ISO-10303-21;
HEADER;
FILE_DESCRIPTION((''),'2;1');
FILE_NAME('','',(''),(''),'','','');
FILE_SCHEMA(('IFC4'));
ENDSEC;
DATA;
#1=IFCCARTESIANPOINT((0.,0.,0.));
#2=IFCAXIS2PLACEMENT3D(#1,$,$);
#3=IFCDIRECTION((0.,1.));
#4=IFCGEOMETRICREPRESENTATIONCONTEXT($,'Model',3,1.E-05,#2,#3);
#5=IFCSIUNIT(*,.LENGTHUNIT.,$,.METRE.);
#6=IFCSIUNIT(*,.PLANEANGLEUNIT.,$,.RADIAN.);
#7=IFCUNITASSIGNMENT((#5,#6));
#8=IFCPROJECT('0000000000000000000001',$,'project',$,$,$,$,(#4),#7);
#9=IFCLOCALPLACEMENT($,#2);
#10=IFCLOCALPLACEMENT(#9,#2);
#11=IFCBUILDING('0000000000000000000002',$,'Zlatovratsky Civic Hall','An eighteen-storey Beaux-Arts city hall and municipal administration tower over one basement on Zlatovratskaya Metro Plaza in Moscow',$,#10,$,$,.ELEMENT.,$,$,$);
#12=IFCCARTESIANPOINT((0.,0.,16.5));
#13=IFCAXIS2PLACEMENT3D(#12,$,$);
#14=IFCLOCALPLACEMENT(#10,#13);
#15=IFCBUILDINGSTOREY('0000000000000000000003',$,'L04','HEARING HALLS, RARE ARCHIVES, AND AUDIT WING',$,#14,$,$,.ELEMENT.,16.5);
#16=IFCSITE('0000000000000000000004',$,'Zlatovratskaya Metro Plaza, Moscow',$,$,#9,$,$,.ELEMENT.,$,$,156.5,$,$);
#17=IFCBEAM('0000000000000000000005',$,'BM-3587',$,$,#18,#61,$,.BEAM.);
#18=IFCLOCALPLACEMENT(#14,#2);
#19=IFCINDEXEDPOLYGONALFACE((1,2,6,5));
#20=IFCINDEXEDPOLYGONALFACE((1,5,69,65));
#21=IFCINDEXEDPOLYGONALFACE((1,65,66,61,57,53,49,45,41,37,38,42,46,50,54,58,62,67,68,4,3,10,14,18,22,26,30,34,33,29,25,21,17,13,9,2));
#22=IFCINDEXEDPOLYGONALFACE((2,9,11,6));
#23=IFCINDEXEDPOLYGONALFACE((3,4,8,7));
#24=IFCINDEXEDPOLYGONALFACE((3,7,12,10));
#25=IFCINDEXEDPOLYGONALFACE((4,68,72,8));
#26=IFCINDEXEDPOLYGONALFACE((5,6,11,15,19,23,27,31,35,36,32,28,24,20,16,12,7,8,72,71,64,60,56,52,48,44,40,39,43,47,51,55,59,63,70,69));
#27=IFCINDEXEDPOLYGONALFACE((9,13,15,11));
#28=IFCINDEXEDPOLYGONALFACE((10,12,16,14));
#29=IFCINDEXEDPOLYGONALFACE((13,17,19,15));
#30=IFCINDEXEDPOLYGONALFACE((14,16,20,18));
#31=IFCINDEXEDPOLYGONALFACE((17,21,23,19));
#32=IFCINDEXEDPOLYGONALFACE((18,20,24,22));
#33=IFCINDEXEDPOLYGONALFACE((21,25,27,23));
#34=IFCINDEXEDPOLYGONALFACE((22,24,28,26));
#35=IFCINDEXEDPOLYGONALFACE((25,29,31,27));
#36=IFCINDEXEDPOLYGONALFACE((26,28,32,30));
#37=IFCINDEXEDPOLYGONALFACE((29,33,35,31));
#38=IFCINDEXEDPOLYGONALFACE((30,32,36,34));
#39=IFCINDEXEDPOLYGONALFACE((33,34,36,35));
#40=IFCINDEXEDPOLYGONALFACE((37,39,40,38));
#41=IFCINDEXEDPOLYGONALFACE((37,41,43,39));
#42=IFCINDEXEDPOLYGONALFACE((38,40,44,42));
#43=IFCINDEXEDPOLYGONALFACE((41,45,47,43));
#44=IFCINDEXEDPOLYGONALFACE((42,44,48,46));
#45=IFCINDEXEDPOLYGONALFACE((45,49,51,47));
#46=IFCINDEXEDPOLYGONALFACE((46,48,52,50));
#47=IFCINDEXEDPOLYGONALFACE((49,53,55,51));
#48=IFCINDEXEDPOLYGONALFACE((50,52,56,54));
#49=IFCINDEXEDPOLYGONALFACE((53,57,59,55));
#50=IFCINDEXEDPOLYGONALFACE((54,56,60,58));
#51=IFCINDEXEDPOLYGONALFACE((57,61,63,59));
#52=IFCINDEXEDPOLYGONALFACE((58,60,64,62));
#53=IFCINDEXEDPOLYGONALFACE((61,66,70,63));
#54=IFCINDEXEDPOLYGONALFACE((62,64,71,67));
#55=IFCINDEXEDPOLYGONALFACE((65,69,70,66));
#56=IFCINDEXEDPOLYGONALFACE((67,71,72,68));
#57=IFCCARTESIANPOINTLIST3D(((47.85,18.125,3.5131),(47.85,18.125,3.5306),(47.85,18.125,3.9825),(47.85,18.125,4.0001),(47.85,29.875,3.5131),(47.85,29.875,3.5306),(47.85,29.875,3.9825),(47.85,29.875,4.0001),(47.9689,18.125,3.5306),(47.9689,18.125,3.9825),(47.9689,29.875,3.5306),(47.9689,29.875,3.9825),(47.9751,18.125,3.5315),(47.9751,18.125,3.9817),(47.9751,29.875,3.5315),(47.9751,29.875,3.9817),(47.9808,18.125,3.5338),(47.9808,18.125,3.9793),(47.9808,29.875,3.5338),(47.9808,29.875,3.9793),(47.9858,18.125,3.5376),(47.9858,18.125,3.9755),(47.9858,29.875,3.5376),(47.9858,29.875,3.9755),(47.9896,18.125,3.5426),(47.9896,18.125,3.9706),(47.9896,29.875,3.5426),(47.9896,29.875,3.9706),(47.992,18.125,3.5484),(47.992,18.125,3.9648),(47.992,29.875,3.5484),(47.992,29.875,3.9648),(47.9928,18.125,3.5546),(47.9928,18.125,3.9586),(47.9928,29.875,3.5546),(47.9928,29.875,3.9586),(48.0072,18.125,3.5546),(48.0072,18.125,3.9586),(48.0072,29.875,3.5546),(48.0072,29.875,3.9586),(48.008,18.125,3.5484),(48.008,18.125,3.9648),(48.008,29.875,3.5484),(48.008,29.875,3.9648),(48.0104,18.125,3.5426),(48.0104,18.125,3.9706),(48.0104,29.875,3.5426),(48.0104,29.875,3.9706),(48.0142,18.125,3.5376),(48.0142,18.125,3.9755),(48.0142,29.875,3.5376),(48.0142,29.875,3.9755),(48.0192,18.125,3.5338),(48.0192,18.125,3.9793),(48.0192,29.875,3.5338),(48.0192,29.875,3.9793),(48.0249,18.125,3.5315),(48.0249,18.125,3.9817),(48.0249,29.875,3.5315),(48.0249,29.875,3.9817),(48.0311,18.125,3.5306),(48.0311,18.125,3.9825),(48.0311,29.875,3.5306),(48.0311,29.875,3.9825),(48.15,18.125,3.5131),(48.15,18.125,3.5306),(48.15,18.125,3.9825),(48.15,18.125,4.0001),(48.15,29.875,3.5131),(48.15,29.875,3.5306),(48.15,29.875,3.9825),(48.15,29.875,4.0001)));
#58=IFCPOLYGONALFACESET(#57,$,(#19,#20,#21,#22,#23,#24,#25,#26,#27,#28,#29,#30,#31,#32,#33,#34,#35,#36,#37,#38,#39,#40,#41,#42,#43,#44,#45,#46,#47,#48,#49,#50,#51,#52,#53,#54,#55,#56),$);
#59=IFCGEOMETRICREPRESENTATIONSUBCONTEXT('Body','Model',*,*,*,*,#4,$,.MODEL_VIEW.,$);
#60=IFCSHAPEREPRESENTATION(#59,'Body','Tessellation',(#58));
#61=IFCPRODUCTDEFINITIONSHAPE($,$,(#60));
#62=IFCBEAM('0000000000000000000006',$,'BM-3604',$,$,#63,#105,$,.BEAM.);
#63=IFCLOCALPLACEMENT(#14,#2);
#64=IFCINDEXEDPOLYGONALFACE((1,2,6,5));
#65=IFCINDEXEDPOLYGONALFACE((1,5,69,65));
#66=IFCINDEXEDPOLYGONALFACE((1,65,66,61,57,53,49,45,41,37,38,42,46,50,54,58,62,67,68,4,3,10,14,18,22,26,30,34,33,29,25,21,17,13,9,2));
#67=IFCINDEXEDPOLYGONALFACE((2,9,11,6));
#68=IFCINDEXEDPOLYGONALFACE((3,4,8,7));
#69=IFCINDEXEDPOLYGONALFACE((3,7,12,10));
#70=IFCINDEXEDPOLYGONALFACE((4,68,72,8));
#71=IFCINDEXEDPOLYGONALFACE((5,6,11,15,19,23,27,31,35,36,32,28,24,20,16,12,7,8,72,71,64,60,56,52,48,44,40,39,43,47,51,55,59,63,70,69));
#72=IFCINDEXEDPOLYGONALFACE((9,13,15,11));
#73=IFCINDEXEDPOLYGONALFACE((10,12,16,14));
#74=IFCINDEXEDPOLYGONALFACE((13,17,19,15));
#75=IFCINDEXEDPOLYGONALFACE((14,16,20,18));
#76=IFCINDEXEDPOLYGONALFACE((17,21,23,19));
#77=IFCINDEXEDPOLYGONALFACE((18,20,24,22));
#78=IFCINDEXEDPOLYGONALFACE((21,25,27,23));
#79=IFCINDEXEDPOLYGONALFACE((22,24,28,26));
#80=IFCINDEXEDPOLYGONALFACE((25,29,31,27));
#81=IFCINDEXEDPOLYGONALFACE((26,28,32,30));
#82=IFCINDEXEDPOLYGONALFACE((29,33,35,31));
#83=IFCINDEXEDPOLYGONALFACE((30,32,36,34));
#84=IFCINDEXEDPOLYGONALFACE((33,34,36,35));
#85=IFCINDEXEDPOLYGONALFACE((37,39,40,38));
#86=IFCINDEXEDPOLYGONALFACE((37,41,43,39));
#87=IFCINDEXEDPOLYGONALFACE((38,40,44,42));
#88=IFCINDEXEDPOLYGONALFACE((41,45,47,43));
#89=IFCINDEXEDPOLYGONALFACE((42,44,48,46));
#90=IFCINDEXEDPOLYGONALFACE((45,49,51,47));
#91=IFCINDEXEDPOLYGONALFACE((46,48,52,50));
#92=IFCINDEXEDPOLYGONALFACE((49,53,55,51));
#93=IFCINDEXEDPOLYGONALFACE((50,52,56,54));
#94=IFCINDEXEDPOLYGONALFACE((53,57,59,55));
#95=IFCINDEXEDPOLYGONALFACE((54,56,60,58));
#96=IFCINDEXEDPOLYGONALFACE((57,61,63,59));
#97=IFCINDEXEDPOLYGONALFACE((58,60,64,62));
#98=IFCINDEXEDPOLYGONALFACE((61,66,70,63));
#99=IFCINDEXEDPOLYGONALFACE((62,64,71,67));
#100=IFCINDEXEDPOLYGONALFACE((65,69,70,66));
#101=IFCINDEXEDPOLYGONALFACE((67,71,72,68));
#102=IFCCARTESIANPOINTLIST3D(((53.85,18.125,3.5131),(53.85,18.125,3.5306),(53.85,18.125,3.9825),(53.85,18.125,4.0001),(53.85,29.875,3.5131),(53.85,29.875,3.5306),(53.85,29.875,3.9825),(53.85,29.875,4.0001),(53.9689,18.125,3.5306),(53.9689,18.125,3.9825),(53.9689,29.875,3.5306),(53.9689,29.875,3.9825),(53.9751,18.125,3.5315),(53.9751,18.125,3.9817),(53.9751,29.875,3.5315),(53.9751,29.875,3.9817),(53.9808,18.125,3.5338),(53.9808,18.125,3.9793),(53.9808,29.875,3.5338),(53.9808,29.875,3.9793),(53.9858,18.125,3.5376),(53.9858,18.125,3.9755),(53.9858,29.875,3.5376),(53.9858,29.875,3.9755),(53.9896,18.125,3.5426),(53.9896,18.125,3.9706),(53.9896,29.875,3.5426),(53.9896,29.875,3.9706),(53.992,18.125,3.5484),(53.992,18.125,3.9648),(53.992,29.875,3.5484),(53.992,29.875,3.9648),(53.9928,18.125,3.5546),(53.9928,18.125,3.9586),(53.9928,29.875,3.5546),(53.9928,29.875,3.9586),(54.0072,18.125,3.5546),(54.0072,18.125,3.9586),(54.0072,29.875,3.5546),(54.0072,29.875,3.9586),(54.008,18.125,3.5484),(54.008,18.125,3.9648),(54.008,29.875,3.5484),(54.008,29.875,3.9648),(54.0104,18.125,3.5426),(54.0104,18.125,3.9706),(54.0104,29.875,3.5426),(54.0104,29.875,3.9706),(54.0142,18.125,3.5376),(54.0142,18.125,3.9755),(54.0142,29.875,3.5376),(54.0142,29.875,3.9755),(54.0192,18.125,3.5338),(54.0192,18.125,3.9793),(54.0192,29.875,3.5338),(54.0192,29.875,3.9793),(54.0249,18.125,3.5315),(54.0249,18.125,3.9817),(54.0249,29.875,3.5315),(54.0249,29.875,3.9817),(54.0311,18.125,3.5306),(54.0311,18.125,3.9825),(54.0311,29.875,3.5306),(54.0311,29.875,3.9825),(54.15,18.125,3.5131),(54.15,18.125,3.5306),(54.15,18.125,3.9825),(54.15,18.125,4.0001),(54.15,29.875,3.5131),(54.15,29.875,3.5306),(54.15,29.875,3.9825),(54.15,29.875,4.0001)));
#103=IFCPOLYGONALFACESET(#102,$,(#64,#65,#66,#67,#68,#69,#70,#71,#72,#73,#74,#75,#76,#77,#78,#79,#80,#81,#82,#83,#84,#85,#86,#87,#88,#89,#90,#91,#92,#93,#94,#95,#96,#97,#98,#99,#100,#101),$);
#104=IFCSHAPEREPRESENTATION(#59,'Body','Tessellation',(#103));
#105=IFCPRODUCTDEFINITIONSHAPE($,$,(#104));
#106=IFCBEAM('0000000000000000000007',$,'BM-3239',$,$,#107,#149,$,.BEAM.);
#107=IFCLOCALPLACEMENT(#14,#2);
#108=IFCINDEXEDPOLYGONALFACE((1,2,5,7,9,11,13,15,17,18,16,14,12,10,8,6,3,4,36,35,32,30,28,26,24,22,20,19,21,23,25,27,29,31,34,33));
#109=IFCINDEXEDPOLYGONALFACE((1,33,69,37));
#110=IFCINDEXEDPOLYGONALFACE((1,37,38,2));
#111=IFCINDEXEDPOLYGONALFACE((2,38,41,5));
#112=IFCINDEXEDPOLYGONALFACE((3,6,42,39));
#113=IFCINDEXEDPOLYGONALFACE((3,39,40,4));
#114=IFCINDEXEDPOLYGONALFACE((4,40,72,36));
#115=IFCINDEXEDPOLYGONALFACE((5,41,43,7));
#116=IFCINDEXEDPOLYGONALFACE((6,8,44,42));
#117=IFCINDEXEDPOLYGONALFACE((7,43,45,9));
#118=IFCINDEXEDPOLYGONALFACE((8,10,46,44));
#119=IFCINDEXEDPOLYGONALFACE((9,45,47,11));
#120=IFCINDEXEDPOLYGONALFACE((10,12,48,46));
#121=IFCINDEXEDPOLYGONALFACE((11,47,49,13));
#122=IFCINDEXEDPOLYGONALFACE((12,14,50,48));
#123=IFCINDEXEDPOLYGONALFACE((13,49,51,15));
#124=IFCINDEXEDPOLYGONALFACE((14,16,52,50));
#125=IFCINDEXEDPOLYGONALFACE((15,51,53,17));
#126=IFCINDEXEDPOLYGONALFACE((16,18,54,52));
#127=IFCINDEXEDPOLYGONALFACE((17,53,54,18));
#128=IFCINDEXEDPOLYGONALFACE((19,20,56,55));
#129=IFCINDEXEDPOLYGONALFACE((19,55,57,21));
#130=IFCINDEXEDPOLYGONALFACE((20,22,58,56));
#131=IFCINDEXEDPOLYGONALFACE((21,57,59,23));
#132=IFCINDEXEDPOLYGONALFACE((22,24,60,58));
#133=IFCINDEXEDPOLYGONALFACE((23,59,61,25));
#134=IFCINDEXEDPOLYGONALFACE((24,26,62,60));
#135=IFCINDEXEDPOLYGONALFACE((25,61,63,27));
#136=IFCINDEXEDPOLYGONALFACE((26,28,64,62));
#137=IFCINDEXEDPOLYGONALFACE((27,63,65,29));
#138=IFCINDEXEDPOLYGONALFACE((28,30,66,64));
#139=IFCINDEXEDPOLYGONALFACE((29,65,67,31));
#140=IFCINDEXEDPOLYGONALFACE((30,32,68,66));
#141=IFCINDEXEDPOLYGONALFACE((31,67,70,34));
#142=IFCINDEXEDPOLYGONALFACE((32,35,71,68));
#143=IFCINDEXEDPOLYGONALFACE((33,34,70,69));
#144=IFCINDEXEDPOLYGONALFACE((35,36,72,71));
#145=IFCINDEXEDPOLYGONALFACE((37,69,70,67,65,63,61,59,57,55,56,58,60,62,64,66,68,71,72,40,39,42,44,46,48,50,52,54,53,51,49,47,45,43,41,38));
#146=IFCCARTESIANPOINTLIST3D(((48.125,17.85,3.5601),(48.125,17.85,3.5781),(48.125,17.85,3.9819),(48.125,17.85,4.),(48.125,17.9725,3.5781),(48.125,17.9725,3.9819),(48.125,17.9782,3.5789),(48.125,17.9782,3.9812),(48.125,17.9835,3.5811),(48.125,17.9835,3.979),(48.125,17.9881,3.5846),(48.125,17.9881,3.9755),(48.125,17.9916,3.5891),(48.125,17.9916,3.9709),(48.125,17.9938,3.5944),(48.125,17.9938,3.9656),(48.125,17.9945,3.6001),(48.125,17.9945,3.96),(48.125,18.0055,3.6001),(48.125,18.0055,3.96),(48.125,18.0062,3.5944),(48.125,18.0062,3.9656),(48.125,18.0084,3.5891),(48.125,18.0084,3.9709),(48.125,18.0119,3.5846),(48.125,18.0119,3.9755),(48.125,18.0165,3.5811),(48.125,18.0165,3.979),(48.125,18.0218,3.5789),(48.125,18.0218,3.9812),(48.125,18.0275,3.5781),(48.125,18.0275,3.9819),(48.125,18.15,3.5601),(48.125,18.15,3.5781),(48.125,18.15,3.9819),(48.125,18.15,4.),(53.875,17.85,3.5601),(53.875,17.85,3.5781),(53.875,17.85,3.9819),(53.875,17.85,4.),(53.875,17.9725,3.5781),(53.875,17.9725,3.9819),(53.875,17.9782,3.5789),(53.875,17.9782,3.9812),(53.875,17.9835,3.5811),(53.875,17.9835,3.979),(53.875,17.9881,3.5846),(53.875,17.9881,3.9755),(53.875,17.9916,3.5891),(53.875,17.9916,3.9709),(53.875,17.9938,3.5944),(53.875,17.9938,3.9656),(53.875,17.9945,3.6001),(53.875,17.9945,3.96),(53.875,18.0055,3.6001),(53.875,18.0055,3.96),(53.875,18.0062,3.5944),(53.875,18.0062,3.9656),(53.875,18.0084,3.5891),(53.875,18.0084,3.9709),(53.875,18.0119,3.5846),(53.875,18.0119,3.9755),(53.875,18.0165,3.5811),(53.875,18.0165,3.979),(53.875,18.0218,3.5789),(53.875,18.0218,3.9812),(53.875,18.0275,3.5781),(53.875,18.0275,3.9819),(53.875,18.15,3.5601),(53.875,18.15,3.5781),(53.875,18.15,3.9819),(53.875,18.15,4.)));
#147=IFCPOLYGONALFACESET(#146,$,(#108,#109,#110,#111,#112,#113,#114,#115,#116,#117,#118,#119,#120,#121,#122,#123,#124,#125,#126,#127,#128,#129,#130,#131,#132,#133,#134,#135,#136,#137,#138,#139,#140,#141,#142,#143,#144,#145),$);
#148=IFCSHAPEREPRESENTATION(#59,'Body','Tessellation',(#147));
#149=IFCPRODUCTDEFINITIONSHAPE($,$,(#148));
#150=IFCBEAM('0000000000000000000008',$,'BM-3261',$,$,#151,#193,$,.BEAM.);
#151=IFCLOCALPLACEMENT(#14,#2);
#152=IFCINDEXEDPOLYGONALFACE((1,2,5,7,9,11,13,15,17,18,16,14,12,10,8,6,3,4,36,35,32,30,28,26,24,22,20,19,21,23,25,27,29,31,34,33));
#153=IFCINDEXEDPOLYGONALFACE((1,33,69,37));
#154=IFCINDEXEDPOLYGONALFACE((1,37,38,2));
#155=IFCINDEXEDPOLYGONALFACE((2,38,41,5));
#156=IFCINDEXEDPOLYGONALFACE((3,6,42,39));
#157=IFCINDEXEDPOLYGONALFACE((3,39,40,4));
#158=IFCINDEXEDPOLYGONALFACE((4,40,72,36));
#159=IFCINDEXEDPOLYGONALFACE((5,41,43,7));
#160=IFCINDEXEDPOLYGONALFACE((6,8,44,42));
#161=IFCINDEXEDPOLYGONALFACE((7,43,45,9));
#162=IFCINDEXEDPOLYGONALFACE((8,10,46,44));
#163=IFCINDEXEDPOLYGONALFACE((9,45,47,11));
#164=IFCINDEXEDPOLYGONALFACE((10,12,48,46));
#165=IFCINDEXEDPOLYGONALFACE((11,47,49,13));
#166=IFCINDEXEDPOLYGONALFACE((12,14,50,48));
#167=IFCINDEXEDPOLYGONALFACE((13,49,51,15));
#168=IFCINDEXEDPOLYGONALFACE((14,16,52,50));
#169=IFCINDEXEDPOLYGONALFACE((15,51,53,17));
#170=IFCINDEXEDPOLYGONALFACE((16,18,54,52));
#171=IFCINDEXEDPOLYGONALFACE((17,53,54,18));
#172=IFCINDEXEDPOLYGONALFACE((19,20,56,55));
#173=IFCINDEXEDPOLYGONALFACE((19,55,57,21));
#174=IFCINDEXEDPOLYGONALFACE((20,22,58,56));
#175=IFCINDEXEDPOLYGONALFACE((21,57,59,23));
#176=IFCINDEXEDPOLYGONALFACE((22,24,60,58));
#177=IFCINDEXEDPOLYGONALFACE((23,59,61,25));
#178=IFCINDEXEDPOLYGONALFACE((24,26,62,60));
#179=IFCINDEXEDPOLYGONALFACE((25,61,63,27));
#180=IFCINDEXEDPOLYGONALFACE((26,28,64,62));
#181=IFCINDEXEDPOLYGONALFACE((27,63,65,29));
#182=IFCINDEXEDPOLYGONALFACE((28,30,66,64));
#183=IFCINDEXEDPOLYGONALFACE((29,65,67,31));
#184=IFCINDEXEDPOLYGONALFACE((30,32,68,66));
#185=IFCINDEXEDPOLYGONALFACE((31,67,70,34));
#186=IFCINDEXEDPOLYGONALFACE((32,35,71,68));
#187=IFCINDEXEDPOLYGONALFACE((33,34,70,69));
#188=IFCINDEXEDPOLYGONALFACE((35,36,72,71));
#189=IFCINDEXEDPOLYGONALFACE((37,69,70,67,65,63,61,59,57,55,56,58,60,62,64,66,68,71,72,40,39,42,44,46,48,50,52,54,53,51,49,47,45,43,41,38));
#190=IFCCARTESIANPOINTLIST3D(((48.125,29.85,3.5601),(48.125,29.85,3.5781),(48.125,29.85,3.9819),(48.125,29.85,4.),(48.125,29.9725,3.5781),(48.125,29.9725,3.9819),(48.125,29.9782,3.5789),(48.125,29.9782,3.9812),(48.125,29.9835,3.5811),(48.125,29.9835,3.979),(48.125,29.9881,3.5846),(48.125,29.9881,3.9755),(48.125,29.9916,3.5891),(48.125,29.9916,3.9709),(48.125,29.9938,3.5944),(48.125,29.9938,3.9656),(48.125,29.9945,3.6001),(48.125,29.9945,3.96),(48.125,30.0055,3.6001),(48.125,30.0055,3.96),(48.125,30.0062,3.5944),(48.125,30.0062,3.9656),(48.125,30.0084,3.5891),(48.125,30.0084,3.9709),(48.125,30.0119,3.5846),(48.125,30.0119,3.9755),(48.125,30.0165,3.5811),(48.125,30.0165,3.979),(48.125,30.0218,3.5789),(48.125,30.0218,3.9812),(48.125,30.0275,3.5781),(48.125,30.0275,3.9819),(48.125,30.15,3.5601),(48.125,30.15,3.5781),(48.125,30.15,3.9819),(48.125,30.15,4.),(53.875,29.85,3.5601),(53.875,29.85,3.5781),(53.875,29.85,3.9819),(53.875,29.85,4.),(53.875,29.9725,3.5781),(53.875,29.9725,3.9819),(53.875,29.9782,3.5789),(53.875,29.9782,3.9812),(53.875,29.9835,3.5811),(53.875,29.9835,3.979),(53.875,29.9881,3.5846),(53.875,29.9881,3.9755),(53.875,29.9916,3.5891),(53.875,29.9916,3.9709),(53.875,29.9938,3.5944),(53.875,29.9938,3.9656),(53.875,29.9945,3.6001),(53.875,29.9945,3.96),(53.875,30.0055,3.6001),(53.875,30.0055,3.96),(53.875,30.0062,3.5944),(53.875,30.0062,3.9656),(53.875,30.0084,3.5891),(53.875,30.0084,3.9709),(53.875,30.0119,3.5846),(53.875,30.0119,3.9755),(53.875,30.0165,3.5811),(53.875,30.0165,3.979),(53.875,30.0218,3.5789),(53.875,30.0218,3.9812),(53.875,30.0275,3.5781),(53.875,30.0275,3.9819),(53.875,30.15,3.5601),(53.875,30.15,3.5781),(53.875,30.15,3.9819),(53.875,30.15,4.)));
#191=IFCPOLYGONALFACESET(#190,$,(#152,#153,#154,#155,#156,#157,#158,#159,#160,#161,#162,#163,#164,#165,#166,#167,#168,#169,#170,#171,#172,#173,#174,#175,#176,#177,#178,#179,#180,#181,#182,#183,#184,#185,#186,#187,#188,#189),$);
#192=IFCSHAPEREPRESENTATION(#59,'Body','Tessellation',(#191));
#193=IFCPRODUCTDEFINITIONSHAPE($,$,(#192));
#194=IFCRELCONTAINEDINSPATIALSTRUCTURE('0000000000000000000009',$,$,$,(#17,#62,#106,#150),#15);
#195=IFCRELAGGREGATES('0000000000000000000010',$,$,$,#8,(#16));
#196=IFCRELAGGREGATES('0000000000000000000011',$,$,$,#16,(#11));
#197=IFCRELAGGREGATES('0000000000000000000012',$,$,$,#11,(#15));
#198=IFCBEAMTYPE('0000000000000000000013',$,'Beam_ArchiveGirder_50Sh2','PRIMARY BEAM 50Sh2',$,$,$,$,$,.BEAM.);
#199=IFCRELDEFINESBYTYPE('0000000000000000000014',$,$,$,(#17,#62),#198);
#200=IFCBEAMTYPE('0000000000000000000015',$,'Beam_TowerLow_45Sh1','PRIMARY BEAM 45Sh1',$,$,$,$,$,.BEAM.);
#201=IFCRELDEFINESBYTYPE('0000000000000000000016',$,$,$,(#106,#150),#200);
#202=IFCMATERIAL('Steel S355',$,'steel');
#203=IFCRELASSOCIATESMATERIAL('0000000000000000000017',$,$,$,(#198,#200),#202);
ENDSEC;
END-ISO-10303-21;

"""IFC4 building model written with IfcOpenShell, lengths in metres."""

from ifc_helpers import new_model, si_unit, direction, frame, origin, origin_2d, place, context, subcontext, project, spatial, i_section, extrude, material, material_profile, profile_set, type_object, element, save


model = new_model("IFC4")

# Units and contexts
model_context = context("Model", 3, precision=1e-05, world=origin(), true_north=direction((0.0, 1.0)))
body_context = subcontext(model_context, "Body", "Model", "MODEL_VIEW")
ifc_project = project(units=[si_unit("LENGTHUNIT", "METRE"), si_unit("PLANEANGLEUNIT", "RADIAN")], contexts=[model_context])

# Site, building, storey
site_placement = place(None, origin())
site = spatial("IfcSite", under=ifc_project, at=site_placement, Name="Zlatovratskaya Metro Plaza, Moscow", CompositionType="ELEMENT", RefElevation=156.5)
building_placement = place(site_placement, origin())
building = spatial("IfcBuilding", under=site, at=building_placement, Name="Zlatovratsky Civic Hall", Description="An eighteen-storey Beaux-Arts city hall and municipal administration tower over one basement on Zlatovratskaya Metro Plaza in Moscow", CompositionType="ELEMENT")
storey_placement = place(building_placement, frame((0.0, 0.0, 16.5)))
storey = spatial("IfcBuildingStorey", under=building, at=storey_placement, Name="L04", Description="HEARING HALLS, RARE ARCHIVES, AND AUDIT WING", CompositionType="ELEMENT", Elevation=16.5)

# Shared definitions
ifc_material_1 = material(Name="Steel S355", Category="steel")

# Beams
ifc_material_profile_1 = material_profile(ifc_material_1, i_section(OverallWidth=0.3, OverallDepth=0.4871, WebThickness=0.0144, FlangeThickness=0.0176, FilletRadius=0.0239, at=origin_2d()), Name="50Sh2")
ifc_profile_set_1 = profile_set([ifc_material_profile_1], Name="Steel S355")
beam_type_1 = type_object("IfcBeamType", Name="Beam_ArchiveGirder_50Sh2", Description="PRIMARY BEAM 50Sh2", PredefinedType="BEAM", material=ifc_profile_set_1)
for number, where, z_axis, x_axis, name in (
    (1, (48.0, 18.125, 3.7566), (0.0, 1.0, 0.0), (-1.0, 0.0, 0.0), "BM-3587"),
    (2, (54.0, 18.125, 3.7566), (0.0, 1.0, 0.0), (-1.0, 0.0, 0.0), "BM-3604"),
):
    element("IfcBeam", number, at=place(storey_placement, frame(where, z_axis=z_axis, x_axis=x_axis)), inside=storey, type_object=beam_type_1, Name=name, PredefinedType="BEAM", context=body_context, shape_type="SweptSolid", body=[
        extrude(i_section(OverallWidth=0.3, OverallDepth=0.4871, WebThickness=0.0144, FlangeThickness=0.0176, FilletRadius=0.0239, at=origin_2d()), origin(), (0.0, 0.0, 1.0), 11.75),
    ])
ifc_material_profile_2 = material_profile(ifc_material_1, i_section(OverallWidth=0.3, OverallDepth=0.4399, WebThickness=0.011, FlangeThickness=0.0181, FilletRadius=0.022, at=origin_2d()), Name="45Sh1")
ifc_profile_set_2 = profile_set([ifc_material_profile_2], Name="Steel S355")
beam_type_2 = type_object("IfcBeamType", Name="Beam_TowerLow_45Sh1", Description="PRIMARY BEAM 45Sh1", PredefinedType="BEAM", material=ifc_profile_set_2)
for number, where, z_axis, x_axis, name in (
    (3, (48.125, 18.0, 3.78), (1.0, 0.0, 0.0), (0.0, 1.0, 0.0), "BM-3239"),
    (4, (48.125, 30.0, 3.78), (1.0, 0.0, 0.0), (0.0, 1.0, 0.0), "BM-3261"),
):
    element("IfcBeam", number, at=place(storey_placement, frame(where, z_axis=z_axis, x_axis=x_axis)), inside=storey, type_object=beam_type_2, Name=name, PredefinedType="BEAM", context=body_context, shape_type="SweptSolid", body=[
        extrude(i_section(OverallWidth=0.3, OverallDepth=0.4399, WebThickness=0.011, FlangeThickness=0.0181, FilletRadius=0.022, at=origin_2d()), origin(), (0.0, 0.0, 1.0), 5.75),
    ])

save(model, "model.ifc")
